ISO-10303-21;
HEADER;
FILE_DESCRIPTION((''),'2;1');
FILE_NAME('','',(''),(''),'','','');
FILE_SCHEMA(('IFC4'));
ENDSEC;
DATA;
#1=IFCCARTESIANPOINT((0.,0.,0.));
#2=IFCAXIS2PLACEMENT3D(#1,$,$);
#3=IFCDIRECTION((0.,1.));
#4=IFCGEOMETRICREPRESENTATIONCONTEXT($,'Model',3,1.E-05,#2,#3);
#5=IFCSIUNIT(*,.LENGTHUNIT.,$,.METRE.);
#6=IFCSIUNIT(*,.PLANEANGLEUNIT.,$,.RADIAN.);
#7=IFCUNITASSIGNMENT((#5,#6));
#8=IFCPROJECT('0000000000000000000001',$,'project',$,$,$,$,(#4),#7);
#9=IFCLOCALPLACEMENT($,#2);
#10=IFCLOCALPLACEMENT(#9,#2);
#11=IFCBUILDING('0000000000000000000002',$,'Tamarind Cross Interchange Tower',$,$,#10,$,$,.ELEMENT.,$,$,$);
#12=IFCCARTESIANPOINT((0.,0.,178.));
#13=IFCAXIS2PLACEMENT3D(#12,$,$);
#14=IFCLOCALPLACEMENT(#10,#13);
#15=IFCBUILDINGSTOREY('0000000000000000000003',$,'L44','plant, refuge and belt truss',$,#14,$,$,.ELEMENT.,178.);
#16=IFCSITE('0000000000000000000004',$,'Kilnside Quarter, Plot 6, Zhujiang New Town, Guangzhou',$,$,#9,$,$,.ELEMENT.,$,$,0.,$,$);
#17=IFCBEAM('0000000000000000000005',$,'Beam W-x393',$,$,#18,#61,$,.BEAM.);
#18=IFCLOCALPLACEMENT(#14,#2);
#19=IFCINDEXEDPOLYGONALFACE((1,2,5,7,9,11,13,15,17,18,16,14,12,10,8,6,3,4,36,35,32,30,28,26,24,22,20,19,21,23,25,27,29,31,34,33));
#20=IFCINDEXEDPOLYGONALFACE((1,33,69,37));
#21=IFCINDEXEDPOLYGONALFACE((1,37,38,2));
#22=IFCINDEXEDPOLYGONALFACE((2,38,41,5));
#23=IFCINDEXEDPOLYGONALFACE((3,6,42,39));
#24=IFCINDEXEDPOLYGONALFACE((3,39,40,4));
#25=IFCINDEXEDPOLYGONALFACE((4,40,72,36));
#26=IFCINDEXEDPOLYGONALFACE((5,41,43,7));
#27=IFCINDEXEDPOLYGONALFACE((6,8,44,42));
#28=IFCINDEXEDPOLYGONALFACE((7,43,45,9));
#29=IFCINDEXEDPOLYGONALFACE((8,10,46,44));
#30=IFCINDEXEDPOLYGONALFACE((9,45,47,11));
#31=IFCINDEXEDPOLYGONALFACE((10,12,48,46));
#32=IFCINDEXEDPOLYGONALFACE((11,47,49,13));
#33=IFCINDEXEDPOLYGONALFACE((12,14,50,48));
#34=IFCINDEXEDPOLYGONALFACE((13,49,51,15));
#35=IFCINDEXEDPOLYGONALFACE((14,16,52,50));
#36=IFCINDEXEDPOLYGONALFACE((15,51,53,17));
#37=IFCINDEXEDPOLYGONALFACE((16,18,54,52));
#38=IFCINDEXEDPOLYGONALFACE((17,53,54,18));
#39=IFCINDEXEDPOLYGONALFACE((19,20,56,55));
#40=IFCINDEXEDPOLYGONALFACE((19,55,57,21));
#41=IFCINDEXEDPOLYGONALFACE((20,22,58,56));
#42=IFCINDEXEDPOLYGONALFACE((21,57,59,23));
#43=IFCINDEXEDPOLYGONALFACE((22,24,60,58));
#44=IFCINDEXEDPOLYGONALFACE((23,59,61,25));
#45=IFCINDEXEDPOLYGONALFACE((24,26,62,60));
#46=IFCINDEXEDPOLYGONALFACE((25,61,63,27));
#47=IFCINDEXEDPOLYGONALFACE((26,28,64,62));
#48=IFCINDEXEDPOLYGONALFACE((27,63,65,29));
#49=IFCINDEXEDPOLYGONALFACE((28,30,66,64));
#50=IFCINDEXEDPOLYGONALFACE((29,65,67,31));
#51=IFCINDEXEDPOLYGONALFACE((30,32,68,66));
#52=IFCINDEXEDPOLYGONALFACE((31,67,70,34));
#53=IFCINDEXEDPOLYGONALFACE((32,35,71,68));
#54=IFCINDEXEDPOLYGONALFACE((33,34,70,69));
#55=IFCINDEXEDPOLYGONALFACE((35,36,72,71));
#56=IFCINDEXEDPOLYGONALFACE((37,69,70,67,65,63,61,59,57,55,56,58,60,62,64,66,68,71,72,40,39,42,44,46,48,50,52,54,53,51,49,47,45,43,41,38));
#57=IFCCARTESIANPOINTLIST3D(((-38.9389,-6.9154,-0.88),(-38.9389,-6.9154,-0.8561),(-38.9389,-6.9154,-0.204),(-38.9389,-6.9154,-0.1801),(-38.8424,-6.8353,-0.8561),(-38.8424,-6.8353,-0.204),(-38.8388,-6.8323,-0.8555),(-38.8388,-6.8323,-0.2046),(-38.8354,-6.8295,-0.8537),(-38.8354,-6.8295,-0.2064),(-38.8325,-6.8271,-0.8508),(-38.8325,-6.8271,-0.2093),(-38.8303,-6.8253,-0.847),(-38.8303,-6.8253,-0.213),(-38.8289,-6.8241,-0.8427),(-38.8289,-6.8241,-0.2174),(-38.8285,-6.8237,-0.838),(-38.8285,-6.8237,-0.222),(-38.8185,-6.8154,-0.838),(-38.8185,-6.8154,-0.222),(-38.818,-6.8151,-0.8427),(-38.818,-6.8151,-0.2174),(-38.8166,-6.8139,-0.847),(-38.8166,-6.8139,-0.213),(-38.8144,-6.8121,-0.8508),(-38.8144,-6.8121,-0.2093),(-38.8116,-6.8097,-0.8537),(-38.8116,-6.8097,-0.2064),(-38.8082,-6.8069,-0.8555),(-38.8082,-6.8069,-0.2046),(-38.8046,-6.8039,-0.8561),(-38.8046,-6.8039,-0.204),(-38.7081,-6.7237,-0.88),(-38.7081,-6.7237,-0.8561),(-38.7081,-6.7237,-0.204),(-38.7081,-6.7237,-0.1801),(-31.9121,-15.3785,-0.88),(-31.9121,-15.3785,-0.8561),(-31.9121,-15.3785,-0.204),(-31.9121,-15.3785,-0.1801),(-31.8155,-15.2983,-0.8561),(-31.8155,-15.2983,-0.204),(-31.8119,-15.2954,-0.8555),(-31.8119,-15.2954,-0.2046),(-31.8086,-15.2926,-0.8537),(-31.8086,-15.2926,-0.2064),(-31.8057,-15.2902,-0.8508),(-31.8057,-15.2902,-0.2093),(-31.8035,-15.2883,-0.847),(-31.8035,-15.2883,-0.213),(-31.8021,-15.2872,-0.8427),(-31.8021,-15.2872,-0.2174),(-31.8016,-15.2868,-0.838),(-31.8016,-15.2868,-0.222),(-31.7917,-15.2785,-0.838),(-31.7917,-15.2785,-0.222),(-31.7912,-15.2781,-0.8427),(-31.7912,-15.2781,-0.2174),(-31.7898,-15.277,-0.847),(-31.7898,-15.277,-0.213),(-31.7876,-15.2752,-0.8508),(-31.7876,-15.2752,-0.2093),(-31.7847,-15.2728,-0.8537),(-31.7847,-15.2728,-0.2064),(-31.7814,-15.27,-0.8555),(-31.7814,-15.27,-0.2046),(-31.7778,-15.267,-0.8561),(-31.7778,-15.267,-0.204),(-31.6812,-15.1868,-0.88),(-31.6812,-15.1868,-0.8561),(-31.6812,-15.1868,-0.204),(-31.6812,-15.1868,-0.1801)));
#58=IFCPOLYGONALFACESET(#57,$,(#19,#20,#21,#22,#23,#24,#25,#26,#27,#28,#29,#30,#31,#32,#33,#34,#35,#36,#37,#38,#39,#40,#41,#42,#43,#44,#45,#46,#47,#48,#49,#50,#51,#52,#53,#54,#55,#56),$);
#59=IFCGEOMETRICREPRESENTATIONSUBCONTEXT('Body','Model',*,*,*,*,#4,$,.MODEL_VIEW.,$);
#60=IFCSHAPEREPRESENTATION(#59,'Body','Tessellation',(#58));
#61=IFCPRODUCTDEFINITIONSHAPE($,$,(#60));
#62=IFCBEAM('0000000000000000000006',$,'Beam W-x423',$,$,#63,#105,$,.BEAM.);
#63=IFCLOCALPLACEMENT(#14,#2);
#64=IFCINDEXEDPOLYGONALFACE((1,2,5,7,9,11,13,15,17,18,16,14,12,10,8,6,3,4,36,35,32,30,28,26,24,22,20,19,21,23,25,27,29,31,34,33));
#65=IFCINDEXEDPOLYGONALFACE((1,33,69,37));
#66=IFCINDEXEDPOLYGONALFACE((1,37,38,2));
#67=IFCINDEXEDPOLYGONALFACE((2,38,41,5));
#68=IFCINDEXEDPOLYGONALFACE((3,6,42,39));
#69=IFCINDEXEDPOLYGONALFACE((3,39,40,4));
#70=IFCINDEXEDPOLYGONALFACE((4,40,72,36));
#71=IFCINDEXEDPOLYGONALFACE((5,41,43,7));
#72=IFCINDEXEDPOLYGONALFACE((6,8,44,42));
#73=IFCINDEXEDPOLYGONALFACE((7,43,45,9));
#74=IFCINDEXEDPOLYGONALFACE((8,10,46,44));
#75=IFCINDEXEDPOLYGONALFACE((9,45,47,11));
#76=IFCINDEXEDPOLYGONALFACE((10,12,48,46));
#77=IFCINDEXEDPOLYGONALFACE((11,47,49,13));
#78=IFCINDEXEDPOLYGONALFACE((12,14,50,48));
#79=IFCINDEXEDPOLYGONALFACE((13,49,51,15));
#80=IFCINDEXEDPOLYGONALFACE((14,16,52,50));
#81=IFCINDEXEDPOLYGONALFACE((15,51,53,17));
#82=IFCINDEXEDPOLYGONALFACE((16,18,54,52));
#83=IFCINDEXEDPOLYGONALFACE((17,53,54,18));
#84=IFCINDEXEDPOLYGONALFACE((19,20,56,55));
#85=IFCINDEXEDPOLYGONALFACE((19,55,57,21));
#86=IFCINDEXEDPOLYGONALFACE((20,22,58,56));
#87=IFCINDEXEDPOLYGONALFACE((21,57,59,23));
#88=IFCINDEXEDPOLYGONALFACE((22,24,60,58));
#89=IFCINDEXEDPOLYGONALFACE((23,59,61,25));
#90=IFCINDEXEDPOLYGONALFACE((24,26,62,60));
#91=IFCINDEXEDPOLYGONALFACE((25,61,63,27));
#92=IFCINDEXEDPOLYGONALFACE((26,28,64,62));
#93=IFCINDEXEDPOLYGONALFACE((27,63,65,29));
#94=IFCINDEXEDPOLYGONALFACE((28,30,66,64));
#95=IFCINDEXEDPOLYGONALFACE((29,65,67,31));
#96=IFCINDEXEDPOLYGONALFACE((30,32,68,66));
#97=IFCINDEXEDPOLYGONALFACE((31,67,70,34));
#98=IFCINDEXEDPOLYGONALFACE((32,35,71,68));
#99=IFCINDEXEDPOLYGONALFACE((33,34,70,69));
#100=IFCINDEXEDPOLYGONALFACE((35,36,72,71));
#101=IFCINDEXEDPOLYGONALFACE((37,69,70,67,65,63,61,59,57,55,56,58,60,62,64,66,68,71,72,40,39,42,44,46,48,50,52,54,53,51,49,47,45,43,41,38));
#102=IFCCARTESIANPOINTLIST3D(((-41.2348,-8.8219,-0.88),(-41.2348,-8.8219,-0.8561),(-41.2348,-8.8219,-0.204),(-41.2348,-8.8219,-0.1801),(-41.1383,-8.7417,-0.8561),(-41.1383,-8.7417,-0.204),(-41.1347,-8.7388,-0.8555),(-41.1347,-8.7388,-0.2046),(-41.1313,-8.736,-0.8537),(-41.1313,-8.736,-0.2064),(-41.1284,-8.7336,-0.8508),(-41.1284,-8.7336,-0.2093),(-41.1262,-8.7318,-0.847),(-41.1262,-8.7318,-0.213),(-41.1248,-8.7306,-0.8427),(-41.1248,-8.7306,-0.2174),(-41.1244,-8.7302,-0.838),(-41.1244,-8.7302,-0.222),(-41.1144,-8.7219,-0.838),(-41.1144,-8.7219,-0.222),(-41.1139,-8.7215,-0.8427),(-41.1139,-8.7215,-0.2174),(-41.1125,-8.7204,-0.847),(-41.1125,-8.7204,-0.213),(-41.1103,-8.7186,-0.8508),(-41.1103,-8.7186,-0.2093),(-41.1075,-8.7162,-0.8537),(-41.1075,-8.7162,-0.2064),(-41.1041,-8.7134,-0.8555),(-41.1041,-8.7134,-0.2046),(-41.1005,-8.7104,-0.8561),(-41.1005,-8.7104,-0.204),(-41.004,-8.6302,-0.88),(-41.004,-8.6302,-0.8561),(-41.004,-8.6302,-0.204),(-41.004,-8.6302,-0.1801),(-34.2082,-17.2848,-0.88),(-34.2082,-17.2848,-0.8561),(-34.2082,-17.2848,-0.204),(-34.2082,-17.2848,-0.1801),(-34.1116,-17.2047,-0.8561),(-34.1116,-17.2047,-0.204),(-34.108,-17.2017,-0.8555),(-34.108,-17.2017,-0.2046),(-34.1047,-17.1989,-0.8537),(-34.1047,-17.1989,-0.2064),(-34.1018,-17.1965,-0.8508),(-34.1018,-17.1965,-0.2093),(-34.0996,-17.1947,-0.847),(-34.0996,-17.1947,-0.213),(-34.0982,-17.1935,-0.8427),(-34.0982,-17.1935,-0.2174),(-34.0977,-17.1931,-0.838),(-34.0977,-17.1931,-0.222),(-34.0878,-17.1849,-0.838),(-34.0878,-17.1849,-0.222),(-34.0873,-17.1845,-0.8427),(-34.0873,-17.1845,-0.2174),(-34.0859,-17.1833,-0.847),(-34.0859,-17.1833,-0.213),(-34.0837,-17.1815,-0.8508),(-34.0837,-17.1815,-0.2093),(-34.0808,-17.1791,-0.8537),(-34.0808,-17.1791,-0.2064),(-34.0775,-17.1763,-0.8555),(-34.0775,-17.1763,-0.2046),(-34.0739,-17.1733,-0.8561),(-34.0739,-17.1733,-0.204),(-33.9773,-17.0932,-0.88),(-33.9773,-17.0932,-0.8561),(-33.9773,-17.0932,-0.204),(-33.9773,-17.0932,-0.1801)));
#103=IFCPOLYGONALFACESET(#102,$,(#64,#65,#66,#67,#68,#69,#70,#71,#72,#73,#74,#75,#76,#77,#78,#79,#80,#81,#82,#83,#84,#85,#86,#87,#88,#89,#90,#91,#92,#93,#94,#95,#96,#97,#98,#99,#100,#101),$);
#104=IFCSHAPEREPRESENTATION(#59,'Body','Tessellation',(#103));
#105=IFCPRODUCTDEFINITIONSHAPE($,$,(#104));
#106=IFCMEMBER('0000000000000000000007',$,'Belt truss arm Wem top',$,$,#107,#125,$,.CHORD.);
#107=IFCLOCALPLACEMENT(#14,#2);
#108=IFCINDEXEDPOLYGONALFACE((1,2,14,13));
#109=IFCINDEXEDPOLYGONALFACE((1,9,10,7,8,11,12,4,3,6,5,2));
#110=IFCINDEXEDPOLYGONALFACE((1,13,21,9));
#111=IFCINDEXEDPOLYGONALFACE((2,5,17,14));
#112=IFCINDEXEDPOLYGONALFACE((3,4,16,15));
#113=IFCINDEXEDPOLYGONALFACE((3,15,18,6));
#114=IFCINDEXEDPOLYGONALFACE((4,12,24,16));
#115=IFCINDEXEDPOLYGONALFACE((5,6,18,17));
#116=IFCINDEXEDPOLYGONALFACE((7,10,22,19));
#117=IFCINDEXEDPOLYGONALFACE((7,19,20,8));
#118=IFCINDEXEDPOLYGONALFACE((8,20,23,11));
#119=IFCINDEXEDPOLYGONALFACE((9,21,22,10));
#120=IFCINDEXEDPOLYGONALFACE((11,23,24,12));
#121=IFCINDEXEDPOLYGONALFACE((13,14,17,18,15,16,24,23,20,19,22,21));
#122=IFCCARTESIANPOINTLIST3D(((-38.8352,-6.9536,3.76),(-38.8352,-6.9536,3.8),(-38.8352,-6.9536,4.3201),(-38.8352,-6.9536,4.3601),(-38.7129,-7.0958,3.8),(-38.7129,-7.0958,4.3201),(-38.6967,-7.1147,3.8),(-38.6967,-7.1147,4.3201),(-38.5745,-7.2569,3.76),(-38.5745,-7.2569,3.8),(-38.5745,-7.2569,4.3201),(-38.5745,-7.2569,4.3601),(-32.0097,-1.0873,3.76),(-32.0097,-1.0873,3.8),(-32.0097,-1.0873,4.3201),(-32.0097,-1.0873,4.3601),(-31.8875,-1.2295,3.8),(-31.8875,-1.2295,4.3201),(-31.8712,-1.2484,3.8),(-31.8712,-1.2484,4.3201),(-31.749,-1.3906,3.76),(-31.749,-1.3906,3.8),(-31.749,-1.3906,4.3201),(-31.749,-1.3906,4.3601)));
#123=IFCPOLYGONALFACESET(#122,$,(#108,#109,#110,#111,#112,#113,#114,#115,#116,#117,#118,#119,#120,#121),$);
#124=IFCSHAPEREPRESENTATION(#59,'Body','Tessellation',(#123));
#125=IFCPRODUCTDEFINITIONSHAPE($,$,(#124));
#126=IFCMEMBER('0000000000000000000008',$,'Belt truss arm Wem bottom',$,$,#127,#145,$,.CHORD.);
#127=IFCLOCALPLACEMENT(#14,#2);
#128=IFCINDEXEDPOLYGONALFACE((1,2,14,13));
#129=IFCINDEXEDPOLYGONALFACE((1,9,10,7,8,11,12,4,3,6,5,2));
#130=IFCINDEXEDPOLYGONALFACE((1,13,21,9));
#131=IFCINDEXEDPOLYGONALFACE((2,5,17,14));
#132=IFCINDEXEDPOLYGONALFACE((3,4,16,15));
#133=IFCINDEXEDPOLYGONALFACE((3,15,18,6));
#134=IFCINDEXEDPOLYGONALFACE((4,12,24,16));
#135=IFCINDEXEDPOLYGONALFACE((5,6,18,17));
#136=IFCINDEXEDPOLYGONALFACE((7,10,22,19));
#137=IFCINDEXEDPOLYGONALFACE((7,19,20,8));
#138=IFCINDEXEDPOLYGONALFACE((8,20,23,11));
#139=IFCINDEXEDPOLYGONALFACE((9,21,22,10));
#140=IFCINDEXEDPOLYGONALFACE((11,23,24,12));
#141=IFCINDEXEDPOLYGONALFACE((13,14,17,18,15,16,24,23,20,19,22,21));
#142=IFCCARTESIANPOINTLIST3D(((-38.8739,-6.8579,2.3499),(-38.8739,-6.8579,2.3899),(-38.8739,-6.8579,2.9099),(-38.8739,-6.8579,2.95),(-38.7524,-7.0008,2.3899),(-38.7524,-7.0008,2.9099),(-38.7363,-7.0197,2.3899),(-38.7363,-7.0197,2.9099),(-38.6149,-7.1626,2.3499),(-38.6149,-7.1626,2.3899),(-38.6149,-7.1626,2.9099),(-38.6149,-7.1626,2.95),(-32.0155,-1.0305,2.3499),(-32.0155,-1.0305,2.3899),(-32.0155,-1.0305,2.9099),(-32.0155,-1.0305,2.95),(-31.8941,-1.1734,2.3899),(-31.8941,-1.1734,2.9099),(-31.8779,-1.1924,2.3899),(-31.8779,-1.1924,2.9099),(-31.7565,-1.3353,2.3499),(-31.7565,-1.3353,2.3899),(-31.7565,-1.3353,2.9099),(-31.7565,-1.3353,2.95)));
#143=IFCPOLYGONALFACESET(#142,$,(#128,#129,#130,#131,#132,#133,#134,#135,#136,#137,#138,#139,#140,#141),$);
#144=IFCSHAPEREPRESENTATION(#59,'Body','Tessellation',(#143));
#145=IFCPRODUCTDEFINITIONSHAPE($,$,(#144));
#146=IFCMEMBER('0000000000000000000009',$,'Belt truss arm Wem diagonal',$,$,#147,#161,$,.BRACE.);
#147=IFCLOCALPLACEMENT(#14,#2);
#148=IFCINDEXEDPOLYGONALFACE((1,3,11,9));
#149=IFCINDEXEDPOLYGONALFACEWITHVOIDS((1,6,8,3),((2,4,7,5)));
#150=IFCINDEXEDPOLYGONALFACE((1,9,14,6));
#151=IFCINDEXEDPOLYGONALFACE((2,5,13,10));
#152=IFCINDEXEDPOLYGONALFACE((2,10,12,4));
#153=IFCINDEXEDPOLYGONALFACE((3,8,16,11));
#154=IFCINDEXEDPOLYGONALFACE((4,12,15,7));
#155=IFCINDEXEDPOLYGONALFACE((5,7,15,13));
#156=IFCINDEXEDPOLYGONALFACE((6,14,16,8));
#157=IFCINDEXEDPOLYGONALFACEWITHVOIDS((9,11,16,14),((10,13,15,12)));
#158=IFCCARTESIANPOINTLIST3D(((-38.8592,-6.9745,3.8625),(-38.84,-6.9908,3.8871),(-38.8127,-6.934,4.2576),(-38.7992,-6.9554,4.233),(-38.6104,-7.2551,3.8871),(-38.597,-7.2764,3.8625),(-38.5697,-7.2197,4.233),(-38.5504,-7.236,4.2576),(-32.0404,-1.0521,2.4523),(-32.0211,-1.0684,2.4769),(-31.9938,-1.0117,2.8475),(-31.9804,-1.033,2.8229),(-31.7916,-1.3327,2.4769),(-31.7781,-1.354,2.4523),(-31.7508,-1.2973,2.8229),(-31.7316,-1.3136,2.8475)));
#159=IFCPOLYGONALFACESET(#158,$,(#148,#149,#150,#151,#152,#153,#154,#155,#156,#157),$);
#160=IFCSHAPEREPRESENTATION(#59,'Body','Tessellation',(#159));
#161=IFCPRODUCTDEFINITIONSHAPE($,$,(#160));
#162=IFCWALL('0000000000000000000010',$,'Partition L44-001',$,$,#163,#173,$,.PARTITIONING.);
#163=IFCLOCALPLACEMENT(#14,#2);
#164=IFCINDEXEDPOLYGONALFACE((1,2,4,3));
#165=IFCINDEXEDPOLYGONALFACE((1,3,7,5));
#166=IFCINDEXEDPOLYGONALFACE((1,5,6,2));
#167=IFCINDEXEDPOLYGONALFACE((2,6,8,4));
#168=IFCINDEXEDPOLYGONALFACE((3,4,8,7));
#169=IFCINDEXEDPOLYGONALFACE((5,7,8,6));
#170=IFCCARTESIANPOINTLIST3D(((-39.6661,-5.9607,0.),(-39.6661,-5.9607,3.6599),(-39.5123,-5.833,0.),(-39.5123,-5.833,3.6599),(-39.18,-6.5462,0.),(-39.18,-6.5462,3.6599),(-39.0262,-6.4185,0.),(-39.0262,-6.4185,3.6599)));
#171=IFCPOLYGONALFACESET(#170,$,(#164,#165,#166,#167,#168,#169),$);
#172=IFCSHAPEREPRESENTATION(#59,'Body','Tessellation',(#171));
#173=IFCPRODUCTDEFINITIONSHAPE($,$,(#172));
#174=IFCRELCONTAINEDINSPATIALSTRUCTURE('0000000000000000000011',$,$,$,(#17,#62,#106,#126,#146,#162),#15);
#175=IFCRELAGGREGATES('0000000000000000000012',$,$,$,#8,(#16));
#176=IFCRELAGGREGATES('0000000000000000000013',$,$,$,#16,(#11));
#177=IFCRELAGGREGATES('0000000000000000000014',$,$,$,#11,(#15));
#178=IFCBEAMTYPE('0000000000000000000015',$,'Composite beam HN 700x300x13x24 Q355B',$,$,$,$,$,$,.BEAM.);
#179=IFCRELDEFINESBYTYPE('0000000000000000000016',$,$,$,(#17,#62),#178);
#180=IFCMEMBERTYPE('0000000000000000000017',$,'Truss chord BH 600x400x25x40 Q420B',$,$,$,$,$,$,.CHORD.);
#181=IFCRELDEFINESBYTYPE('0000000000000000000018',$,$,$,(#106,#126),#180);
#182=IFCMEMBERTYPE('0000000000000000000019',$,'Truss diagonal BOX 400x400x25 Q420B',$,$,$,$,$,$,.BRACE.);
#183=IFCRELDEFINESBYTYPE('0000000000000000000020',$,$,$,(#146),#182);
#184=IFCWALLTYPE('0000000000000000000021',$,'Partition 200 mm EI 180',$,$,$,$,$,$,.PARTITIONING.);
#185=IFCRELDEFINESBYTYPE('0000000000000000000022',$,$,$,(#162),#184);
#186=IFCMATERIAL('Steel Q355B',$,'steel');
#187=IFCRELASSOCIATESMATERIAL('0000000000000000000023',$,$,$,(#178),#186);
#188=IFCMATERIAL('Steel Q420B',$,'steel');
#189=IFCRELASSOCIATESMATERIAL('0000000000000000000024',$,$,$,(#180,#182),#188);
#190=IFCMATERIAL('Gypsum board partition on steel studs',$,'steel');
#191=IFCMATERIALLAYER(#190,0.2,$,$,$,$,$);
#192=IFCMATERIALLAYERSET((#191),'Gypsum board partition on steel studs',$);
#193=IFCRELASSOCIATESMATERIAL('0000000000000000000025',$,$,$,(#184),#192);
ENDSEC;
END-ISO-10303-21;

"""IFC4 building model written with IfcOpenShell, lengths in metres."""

from ifc_helpers import new_model, si_unit, direction, frame, frame_2d, origin, origin_2d, place, context, subcontext, project, spatial, rectangle, hollow_rectangle, i_section, extrude, material, layer, layer_set, material_profile, profile_set, type_object, element, save


model = new_model("IFC4")

# Units and contexts
model_context = context("Model", 3, precision=1e-05, world=origin(), true_north=direction((0.0, 1.0)))
body_context = subcontext(model_context, "Body", "Model", "MODEL_VIEW")
ifc_project = project(units=[si_unit("LENGTHUNIT", "METRE"), si_unit("PLANEANGLEUNIT", "RADIAN")], contexts=[model_context])

# Site, building, storey
site_placement = place(None, origin())
site = spatial("IfcSite", under=ifc_project, at=site_placement, Name="Kilnside Quarter, Plot 6, Zhujiang New Town, Guangzhou", CompositionType="ELEMENT", RefElevation=0.0)
building_placement = place(site_placement, origin())
building = spatial("IfcBuilding", under=site, at=building_placement, Name="Tamarind Cross Interchange Tower", CompositionType="ELEMENT")
storey_placement = place(building_placement, frame((0.0, 0.0, 178.0)))
storey = spatial("IfcBuildingStorey", under=building, at=storey_placement, Name="L44", Description="plant, refuge and belt truss", CompositionType="ELEMENT", Elevation=178.0)

# Beams
ifc_material_1 = material(Name="Steel Q355B", Category="steel")
ifc_material_profile_1 = material_profile(ifc_material_1, i_section(OverallWidth=0.3, OverallDepth=0.7, WebThickness=0.0129, FlangeThickness=0.0239, FilletRadius=0.0181, at=origin_2d()), Name="HN 700x300x13x24")
ifc_profile_set_1 = profile_set([ifc_material_profile_1], Name="Steel Q355B")
beam_type_1 = type_object("IfcBeamType", Name="Composite beam HN 700x300x13x24 Q355B", PredefinedType="BEAM", material=ifc_profile_set_1)
for number, where, z_axis, x_axis, name in (
    (1, (-38.8235, -6.8196, -0.53), (0.638801, -0.769372, 0.0), (0.769372, 0.638801, 0.0), "Beam W-x393"),
):
    element("IfcBeam", number, at=place(storey_placement, frame(where, z_axis=z_axis, x_axis=x_axis)), inside=storey, type_object=beam_type_1, Name=name, PredefinedType="BEAM", context=body_context, shape_type="SweptSolid", body=[
        extrude(i_section(OverallWidth=0.3, OverallDepth=0.7, WebThickness=0.0129, FlangeThickness=0.0239, FilletRadius=0.0181, at=origin_2d()), origin(), (0.0, 0.0, 1.0), 11.0),
    ])
beam_1_placement = place(storey_placement, frame((-41.1194, -8.7261, -0.53), z_axis=(0.638799, -0.769373, 0.0), x_axis=(0.769373, 0.638799, 0.0)))
element("IfcBeam", 2, at=beam_1_placement, inside=storey, type_object=beam_type_1, Name="Beam W-x423", PredefinedType="BEAM", context=body_context, shape_type="SweptSolid", body=[
    extrude(i_section(OverallWidth=0.3, OverallDepth=0.7, WebThickness=0.0129, FlangeThickness=0.0239, FilletRadius=0.0181, at=origin_2d()), origin(), (0.0, 0.0, 1.0), 10.9998),
])

# Members
ifc_material_2 = material(Name="Steel Q420B", Category="steel")
ifc_material_profile_2 = material_profile(ifc_material_2, i_section(OverallWidth=0.3999, OverallDepth=0.6001, WebThickness=0.0249, FlangeThickness=0.04, at=origin_2d()), Name="BH 600x400x25x40")
ifc_profile_set_2 = profile_set([ifc_material_profile_2], Name="Steel Q420B")
member_type_1 = type_object("IfcMemberType", Name="Truss chord BH 600x400x25x40 Q420B", PredefinedType="CHORD", material=ifc_profile_set_2)
member_1_placement = place(storey_placement, frame((-38.7048, -7.1052, 4.0601), z_axis=(0.758387, 0.651805, 0.0), x_axis=(-0.651805, 0.758387, 0.0)))
element("IfcMember", 3, at=member_1_placement, inside=storey, type_object=member_type_1, Name="Belt truss arm Wem top", PredefinedType="CHORD", context=body_context, shape_type="SweptSolid", body=[
    extrude(i_section(OverallWidth=0.3999, OverallDepth=0.6001, WebThickness=0.0249, FlangeThickness=0.04, at=origin_2d()), origin(), (0.0, 0.0, 1.0), 9.0),
])
member_2_placement = place(storey_placement, frame((-38.7444, -7.0103, 2.6499), z_axis=(0.762062, 0.647504, 0.0), x_axis=(-0.647504, 0.762062, 0.0)))
element("IfcMember", 4, at=member_2_placement, inside=storey, type_object=member_type_1, Name="Belt truss arm Wem bottom", PredefinedType="CHORD", context=body_context, shape_type="SweptSolid", body=[
    extrude(i_section(OverallWidth=0.3999, OverallDepth=0.6001, WebThickness=0.0249, FlangeThickness=0.04, at=origin_2d()), origin(), (0.0, 0.0, 1.0), 8.9998),
])
ifc_material_profile_3 = material_profile(ifc_material_2, hollow_rectangle(XDim=0.3999, YDim=0.3999, WallThickness=0.0249, at=origin_2d()), Name="BOX 400x400x25")
ifc_profile_set_3 = profile_set([ifc_material_profile_3], Name="Steel Q420B")
member_type_2 = type_object("IfcMemberType", Name="Truss diagonal BOX 400x400x25 Q420B", PredefinedType="BRACE", material=ifc_profile_set_3)
member_3_placement = place(storey_placement, frame((-38.7048, -7.1052, 4.0601), z_axis=(0.745955, 0.647883, -0.154266), x_axis=(-0.655733, 0.754993, 0.0)))
element("IfcMember", 5, at=member_3_placement, inside=storey, type_object=member_type_2, Name="Belt truss arm Wem diagonal", PredefinedType="BRACE", context=body_context, shape_type="SweptSolid", body=[
    extrude(hollow_rectangle(XDim=0.3999, YDim=0.3999, WallThickness=0.0249, at=origin_2d()), origin(), (0.0, 0.0, 1.0), 9.1411),
])

# Wall
ifc_material_3 = material(Name="Gypsum board partition on steel studs", Category="steel")
ifc_layer_1 = layer(ifc_material_3, 0.2)
ifc_layer_set_1 = layer_set([ifc_layer_1], Name="Gypsum board partition on steel studs")
wall_type_1 = type_object("IfcWallType", Name="Partition 200 mm EI 180", PredefinedType="PARTITIONING", material=ifc_layer_set_1)
wall_1_placement = place(storey_placement, frame((-39.5891, -5.897, 0.0), z_axis=(0.0, 0.0, 1.0), x_axis=(0.638795, -0.769377, 0.0)))
element("IfcWall", 6, at=wall_1_placement, inside=storey, type_object=wall_type_1, Name="Partition L44-001", PredefinedType="PARTITIONING", context=body_context, shape_type="SweptSolid", body=[
    extrude(rectangle(XDim=0.761, YDim=0.2, at=frame_2d((0.3804, 0.0))), origin(), (0.0, 0.0, 1.0), 3.6599),
])

save(model, "model.ifc")
